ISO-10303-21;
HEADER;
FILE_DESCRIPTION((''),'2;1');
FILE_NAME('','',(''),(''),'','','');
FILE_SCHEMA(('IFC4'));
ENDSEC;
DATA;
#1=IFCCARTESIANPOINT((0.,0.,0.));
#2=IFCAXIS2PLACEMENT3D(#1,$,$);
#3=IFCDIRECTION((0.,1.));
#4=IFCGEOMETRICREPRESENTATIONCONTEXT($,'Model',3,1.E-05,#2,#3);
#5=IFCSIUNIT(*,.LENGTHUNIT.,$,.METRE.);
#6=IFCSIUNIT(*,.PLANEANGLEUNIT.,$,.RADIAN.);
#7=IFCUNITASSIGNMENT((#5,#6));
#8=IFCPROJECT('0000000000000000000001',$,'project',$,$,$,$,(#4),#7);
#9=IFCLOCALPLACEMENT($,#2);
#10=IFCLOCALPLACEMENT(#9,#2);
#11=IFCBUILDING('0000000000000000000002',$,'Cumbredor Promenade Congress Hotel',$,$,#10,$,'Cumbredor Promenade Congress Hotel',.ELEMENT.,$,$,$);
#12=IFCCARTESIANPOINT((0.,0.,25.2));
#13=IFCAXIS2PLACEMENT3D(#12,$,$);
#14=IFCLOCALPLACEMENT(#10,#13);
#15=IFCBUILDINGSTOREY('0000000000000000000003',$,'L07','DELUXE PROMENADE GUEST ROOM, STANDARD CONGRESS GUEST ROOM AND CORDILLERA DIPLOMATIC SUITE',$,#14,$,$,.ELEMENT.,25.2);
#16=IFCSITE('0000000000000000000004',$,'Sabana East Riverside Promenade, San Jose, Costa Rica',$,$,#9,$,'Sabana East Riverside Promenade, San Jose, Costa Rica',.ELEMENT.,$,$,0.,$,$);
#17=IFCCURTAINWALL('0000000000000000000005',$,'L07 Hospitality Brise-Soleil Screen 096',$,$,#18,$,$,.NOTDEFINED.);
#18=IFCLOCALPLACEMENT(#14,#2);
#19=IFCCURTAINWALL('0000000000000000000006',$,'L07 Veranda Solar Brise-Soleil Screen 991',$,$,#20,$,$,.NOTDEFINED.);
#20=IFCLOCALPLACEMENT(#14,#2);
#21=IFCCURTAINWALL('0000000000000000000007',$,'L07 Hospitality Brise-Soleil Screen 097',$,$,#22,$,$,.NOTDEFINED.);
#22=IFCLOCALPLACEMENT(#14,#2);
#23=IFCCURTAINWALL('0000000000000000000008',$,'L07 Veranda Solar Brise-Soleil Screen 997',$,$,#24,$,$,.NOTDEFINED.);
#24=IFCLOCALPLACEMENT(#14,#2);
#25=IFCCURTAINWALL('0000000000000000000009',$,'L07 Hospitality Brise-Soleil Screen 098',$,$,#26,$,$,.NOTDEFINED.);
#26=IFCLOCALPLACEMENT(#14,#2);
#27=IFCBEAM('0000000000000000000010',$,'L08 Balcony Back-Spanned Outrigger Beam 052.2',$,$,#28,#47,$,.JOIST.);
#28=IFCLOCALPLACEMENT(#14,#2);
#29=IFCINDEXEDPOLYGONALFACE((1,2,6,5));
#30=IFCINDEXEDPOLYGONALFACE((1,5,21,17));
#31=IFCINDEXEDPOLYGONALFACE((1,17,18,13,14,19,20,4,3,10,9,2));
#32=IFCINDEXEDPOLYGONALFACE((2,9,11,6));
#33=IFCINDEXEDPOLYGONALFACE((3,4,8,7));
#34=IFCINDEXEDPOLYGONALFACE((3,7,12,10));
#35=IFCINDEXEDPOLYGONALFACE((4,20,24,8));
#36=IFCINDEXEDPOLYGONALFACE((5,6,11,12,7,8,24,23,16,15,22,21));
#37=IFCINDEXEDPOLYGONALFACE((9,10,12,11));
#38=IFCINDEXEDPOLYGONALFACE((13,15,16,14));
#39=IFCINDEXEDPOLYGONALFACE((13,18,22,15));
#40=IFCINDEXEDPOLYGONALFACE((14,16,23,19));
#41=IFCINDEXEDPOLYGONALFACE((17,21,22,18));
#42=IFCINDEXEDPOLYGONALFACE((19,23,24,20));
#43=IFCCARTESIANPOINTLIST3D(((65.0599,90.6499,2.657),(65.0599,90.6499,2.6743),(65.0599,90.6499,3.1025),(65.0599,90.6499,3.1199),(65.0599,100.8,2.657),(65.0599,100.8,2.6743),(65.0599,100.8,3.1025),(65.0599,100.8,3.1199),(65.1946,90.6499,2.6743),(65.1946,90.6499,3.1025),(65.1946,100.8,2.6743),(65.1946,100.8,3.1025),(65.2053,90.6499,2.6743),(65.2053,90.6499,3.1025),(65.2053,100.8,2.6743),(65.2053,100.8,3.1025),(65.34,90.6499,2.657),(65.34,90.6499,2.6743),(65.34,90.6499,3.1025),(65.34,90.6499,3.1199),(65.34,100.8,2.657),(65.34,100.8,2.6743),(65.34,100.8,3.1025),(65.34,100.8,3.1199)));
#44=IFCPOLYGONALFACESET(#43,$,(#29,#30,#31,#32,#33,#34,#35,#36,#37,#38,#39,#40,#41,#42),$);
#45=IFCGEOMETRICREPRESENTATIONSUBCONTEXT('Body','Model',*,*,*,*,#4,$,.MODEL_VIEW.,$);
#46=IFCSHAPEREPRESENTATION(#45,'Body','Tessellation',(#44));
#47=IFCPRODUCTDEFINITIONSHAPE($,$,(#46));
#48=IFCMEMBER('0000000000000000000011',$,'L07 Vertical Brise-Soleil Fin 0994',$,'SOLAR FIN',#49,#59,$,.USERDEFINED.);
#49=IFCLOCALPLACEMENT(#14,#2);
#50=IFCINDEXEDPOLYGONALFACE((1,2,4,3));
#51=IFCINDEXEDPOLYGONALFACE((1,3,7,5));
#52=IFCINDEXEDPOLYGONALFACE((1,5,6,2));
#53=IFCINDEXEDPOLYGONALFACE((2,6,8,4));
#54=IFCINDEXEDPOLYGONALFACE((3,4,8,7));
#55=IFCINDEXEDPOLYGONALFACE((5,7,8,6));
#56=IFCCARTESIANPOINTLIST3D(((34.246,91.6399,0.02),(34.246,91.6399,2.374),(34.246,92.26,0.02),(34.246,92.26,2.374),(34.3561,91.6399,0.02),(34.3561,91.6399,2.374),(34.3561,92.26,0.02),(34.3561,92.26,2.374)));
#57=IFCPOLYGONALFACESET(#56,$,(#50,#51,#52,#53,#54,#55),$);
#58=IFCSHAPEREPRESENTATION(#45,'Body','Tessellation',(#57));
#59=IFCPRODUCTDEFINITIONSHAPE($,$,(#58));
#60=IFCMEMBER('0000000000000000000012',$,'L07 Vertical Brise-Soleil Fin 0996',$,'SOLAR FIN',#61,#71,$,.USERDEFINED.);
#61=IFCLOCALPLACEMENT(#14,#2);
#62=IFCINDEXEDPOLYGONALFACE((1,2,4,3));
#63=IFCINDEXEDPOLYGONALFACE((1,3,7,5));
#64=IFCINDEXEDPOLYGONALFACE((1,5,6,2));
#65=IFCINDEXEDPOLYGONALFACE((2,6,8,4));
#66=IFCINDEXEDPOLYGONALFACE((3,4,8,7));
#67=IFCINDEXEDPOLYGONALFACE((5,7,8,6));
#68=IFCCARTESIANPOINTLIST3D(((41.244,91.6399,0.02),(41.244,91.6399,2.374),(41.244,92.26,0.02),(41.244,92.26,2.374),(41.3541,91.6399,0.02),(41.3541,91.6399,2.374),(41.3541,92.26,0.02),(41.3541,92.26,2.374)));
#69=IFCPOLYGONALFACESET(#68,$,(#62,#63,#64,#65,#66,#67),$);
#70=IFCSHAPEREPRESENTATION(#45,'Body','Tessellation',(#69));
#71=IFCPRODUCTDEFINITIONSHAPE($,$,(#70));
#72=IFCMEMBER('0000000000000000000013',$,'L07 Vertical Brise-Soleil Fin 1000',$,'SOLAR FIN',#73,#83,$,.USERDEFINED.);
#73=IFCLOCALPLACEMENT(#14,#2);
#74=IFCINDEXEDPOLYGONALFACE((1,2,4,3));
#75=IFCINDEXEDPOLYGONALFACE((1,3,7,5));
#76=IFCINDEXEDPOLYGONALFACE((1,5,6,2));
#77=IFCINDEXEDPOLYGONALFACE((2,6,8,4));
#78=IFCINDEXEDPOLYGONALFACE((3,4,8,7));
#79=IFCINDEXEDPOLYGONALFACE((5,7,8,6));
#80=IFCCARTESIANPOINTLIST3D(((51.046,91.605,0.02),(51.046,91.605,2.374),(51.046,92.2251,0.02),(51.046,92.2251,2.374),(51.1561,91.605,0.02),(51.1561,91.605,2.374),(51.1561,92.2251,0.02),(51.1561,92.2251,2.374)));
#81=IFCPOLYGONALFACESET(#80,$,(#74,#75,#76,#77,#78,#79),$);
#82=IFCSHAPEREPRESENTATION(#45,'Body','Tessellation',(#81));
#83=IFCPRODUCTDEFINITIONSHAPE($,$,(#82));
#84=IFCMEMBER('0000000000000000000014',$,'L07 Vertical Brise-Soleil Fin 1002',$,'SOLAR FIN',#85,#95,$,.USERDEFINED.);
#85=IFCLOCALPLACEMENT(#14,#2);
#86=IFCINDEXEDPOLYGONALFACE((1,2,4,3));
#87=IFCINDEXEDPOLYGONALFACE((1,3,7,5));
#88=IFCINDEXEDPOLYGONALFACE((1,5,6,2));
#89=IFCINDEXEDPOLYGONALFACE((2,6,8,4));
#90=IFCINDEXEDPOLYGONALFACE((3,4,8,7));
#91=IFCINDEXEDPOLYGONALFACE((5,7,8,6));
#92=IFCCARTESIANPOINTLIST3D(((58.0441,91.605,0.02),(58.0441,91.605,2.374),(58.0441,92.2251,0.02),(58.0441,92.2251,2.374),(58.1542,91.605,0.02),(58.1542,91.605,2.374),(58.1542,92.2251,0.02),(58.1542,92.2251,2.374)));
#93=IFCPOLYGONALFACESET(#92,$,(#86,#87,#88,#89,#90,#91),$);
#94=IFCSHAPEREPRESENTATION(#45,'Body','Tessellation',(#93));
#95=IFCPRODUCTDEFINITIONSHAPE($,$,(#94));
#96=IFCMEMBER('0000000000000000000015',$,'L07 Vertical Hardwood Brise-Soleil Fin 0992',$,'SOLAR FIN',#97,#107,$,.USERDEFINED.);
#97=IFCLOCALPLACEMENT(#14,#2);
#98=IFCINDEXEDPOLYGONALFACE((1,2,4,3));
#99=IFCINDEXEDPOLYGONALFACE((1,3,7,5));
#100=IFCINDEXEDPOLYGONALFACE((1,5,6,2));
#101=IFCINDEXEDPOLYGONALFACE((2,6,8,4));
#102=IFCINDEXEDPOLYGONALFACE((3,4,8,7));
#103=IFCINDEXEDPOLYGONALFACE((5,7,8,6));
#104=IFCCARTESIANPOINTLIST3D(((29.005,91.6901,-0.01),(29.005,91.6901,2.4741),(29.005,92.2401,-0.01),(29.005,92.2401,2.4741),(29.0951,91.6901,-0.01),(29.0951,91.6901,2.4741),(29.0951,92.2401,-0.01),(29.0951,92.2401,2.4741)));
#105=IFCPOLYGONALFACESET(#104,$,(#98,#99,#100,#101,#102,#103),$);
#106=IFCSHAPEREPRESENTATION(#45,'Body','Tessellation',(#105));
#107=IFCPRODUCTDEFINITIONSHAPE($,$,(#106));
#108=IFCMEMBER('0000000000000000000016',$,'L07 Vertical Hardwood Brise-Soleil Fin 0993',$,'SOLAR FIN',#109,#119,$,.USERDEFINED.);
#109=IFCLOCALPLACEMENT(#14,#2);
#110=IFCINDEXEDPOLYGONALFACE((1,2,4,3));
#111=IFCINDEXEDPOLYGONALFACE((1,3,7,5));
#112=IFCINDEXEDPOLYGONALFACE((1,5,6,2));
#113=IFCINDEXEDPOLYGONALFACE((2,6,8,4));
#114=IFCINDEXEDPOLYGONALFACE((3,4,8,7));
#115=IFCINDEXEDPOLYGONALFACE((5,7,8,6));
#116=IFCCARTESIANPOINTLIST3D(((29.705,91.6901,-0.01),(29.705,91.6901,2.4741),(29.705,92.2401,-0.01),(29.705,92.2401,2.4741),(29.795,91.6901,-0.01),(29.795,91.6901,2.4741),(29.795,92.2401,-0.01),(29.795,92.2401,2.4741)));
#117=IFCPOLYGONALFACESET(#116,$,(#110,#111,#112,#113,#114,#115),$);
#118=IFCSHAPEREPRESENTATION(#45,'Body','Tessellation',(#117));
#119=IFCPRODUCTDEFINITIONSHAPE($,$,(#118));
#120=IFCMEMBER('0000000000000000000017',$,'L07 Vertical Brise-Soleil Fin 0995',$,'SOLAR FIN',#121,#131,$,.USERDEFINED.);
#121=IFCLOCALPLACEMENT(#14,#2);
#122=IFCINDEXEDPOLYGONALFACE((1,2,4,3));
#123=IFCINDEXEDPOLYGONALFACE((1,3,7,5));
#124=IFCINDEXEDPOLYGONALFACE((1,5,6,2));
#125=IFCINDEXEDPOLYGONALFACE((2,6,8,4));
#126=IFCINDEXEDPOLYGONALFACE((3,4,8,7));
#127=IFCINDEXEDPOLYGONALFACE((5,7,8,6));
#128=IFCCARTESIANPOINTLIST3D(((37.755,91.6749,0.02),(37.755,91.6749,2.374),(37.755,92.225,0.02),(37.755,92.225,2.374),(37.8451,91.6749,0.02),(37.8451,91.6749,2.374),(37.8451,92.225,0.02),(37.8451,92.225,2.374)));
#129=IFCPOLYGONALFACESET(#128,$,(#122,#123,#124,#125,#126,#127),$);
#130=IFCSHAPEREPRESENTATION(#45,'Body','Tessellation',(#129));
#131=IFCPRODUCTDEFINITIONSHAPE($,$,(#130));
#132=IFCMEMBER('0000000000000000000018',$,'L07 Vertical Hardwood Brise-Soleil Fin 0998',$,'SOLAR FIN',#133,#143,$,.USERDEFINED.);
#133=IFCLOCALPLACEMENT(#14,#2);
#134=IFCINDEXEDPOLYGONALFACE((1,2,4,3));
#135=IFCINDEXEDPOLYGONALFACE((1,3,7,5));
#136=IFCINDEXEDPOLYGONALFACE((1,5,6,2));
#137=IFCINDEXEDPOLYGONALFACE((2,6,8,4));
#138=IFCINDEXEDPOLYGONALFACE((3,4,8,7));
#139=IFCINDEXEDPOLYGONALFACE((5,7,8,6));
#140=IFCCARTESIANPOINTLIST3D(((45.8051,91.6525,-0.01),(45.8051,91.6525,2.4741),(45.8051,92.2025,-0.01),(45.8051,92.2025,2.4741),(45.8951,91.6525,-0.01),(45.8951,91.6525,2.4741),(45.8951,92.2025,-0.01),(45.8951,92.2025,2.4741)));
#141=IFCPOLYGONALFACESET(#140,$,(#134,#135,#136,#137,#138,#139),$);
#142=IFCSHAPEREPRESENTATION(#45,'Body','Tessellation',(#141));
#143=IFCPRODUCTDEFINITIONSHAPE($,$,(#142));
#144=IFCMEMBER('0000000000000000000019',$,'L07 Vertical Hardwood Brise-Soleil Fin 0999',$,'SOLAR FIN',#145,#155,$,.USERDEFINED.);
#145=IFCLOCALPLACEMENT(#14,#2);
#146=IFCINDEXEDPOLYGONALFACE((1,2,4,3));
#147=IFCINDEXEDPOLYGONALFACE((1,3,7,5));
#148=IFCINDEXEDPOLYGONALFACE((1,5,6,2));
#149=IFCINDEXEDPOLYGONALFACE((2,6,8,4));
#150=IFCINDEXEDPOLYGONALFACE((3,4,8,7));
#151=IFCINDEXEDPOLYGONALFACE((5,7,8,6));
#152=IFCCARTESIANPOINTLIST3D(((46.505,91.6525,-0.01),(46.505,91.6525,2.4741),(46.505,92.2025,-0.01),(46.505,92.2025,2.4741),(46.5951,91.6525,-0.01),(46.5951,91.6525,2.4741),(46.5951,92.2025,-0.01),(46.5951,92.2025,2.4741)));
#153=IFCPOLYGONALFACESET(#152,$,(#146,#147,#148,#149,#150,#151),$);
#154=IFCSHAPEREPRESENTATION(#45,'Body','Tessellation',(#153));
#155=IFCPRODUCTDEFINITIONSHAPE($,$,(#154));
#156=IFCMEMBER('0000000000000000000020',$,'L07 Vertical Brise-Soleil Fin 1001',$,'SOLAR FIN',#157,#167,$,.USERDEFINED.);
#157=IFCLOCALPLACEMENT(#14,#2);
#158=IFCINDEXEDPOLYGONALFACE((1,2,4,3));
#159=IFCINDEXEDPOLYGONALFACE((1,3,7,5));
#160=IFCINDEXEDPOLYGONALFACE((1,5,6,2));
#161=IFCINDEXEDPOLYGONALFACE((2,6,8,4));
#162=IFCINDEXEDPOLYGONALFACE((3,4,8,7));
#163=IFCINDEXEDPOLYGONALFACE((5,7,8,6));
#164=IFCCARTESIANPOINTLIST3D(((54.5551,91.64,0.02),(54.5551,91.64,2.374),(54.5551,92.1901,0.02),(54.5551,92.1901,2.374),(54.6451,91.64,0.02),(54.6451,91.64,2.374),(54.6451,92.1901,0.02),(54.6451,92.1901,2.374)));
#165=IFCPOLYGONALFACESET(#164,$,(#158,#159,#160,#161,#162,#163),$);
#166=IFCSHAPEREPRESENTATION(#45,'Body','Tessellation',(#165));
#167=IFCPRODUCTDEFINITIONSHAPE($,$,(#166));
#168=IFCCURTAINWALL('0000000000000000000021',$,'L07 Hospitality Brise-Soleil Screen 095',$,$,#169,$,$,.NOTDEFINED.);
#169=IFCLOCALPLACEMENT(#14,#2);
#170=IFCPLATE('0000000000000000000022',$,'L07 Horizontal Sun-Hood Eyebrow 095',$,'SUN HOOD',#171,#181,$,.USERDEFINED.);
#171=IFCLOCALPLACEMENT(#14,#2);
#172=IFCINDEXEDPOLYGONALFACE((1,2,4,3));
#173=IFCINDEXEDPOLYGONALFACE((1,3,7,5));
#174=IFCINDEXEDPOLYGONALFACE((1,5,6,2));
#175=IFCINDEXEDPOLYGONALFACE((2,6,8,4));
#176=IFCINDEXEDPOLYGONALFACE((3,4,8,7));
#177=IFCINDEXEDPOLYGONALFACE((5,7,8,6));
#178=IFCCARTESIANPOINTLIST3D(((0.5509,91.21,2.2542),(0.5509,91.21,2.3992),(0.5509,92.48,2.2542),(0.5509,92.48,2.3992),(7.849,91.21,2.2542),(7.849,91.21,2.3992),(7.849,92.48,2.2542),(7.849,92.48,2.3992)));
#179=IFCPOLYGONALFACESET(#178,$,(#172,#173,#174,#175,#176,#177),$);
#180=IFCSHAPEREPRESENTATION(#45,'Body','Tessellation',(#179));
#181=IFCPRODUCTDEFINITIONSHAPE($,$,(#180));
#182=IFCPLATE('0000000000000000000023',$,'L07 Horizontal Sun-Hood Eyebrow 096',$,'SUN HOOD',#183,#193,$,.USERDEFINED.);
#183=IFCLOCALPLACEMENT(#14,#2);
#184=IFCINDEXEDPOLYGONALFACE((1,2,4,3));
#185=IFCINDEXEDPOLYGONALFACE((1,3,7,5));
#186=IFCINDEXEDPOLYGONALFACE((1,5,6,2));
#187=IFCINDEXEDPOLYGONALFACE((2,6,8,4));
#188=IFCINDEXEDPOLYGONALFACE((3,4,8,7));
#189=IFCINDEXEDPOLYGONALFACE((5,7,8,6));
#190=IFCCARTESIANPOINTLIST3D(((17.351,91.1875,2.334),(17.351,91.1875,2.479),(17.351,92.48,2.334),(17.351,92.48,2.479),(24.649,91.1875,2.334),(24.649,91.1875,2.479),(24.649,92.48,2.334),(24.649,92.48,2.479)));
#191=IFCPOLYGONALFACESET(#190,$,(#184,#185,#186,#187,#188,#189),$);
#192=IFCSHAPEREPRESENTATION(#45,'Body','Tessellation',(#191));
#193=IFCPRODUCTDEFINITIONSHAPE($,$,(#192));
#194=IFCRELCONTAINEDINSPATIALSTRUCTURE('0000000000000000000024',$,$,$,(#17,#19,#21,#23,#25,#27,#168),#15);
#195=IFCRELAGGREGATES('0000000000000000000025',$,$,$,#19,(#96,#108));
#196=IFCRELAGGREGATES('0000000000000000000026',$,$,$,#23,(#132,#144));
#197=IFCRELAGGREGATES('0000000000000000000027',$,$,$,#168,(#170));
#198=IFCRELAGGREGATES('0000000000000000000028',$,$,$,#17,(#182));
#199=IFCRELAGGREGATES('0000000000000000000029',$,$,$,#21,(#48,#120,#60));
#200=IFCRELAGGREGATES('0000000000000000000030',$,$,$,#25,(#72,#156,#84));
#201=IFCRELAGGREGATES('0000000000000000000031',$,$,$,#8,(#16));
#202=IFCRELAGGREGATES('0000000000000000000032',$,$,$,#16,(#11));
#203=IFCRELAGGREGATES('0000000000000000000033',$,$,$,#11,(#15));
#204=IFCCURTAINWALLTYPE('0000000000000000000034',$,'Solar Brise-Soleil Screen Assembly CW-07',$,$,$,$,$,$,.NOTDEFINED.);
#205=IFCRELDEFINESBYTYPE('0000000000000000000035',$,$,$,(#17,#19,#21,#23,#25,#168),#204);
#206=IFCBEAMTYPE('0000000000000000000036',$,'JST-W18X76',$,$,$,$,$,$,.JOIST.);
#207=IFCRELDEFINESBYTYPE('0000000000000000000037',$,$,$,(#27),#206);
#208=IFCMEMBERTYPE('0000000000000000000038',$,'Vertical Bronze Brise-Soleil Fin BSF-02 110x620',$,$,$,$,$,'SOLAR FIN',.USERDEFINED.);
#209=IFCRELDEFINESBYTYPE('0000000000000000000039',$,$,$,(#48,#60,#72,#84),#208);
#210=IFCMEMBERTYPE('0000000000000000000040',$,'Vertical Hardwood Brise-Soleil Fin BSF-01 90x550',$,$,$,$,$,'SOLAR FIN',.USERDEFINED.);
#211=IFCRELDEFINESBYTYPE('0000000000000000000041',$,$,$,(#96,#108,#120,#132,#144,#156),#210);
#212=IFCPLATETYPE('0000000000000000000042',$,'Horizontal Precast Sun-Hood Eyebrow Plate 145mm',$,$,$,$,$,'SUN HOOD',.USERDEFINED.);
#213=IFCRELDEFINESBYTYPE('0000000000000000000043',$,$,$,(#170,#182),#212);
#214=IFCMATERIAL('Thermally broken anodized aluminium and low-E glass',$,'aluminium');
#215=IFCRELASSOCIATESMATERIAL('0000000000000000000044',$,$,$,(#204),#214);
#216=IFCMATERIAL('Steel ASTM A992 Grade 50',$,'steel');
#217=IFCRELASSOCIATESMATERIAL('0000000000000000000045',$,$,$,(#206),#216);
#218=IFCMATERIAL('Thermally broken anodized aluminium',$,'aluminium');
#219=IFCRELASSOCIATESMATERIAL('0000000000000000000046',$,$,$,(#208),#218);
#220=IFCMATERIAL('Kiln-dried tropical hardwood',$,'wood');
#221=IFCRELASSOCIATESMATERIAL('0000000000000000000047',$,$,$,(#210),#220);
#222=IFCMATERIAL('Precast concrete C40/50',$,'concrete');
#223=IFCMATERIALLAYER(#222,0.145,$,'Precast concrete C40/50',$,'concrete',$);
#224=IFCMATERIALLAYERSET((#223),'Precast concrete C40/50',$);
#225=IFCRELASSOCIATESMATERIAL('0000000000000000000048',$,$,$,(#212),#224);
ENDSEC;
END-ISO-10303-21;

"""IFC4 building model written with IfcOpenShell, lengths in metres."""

from ifc_helpers import new_model, si_unit, direction, frame, origin, origin_2d, place, context, subcontext, project, spatial, rectangle, i_section, extrude, material, layer, layer_set, material_profile, profile_set, type_object, element, aggregate, save


model = new_model("IFC4")

# Units and contexts
model_context = context("Model", 3, precision=1e-05, world=origin(), true_north=direction((0.0, 1.0)))
body_context = subcontext(model_context, "Body", "Model", "MODEL_VIEW")
ifc_project = project(units=[si_unit("LENGTHUNIT", "METRE"), si_unit("PLANEANGLEUNIT", "RADIAN")], contexts=[model_context])

# Site, building, storey
site_placement = place(None, origin())
site = spatial("IfcSite", under=ifc_project, at=site_placement, Name="Sabana East Riverside Promenade, San Jose, Costa Rica", LongName="Sabana East Riverside Promenade, San Jose, Costa Rica", CompositionType="ELEMENT", RefElevation=0.0)
building_placement = place(site_placement, origin())
building = spatial("IfcBuilding", under=site, at=building_placement, Name="Cumbredor Promenade Congress Hotel", LongName="Cumbredor Promenade Congress Hotel", CompositionType="ELEMENT")
storey_placement = place(building_placement, frame((0.0, 0.0, 25.2)))
storey = spatial("IfcBuildingStorey", under=building, at=storey_placement, Name="L07", Description="DELUXE PROMENADE GUEST ROOM, STANDARD CONGRESS GUEST ROOM AND CORDILLERA DIPLOMATIC SUITE", CompositionType="ELEMENT", Elevation=25.2)

# Curtain walls
ifc_material_1 = material(Name="Thermally broken anodized aluminium and low-E glass", Category="aluminium")
curtain_wall_type = type_object("IfcCurtainWallType", Name="Solar Brise-Soleil Screen Assembly CW-07", PredefinedType="NOTDEFINED", material=ifc_material_1)
curtain_wall_1_placement = place(storey_placement, origin())
curtain_wall_1 = element("IfcCurtainWall", 1, at=curtain_wall_1_placement, inside=storey, type_object=curtain_wall_type, Name="L07 Hospitality Brise-Soleil Screen 096", PredefinedType="NOTDEFINED")
ifc_material_2 = material(Name="Thermally broken anodized aluminium", Category="aluminium")
curtain_wall_2_placement = place(storey_placement, origin())
curtain_wall_2 = element("IfcCurtainWall", 2, at=curtain_wall_2_placement, inside=storey, type_object=curtain_wall_type, Name="L07 Veranda Solar Brise-Soleil Screen 991", PredefinedType="NOTDEFINED")
curtain_wall_3_placement = place(storey_placement, origin())
curtain_wall_3 = element("IfcCurtainWall", 3, at=curtain_wall_3_placement, inside=storey, type_object=curtain_wall_type, Name="L07 Hospitality Brise-Soleil Screen 097", PredefinedType="NOTDEFINED")
curtain_wall_4_placement = place(storey_placement, origin())
curtain_wall_4 = element("IfcCurtainWall", 4, at=curtain_wall_4_placement, inside=storey, type_object=curtain_wall_type, Name="L07 Veranda Solar Brise-Soleil Screen 997", PredefinedType="NOTDEFINED")
curtain_wall_5_placement = place(storey_placement, origin())
curtain_wall_5 = element("IfcCurtainWall", 5, at=curtain_wall_5_placement, inside=storey, type_object=curtain_wall_type, Name="L07 Hospitality Brise-Soleil Screen 098", PredefinedType="NOTDEFINED")

# Beam
ifc_material_3 = material(Name="Steel ASTM A992 Grade 50", Category="steel")
ifc_material_profile_1 = material_profile(ifc_material_3, i_section(OverallWidth=0.28, OverallDepth=0.4629, WebThickness=0.0107, FlangeThickness=0.0173, at=origin_2d()), Name="W18X76")
ifc_profile_set_1 = profile_set([ifc_material_profile_1], Name="Steel ASTM A992 Grade 50")
beam_type = type_object("IfcBeamType", Name="JST-W18X76", PredefinedType="JOIST", material=ifc_profile_set_1)
for number, where, z_axis, x_axis, name in (
    (6, (65.2, 90.6499, 2.8884), (0.0, 1.0, 0.0), (-1.0, 0.0, 0.0), "L08 Balcony Back-Spanned Outrigger Beam 052.2"),
):
    element("IfcBeam", number, at=place(storey_placement, frame(where, z_axis=z_axis, x_axis=x_axis)), inside=storey, type_object=beam_type, Name=name, PredefinedType="JOIST", context=body_context, shape_type="SweptSolid", body=[
        extrude(i_section(OverallWidth=0.28, OverallDepth=0.4629, WebThickness=0.0107, FlangeThickness=0.0173, at=origin_2d()), origin(), (0.0, 0.0, 1.0), 10.1501),
    ])

# Members
ifc_material_profile_2 = material_profile(ifc_material_2, rectangle(XDim=0.1101, YDim=0.6201, at=origin_2d()), Name="ARCH FIN 110x620")
ifc_profile_set_2 = profile_set([ifc_material_profile_2], Name="Thermally broken anodized aluminium")
member_type_1 = type_object("IfcMemberType", Name="Vertical Bronze Brise-Soleil Fin BSF-02 110x620", ElementType="SOLAR FIN", PredefinedType="USERDEFINED", material=ifc_profile_set_2)
member_1_placement = place(storey_placement, frame((34.301, 91.95, 0.02), z_axis=(0.0, 0.0, 1.0), x_axis=(1.0, 0.0, 0.0)))
member_1 = element("IfcMember", 7, at=member_1_placement, type_object=member_type_1, Name="L07 Vertical Brise-Soleil Fin 0994", ObjectType="SOLAR FIN", PredefinedType="USERDEFINED", context=body_context, shape_type="SweptSolid", body=[
    extrude(rectangle(XDim=0.1101, YDim=0.6201, at=origin_2d()), origin(), (0.0, 0.0, 1.0), 2.354),
])
member_2_placement = place(storey_placement, frame((41.2991, 91.95, 0.02), z_axis=(0.0, 0.0, 1.0), x_axis=(1.0, 0.0, 0.0)))
member_2 = element("IfcMember", 8, at=member_2_placement, type_object=member_type_1, Name="L07 Vertical Brise-Soleil Fin 0996", ObjectType="SOLAR FIN", PredefinedType="USERDEFINED", context=body_context, shape_type="SweptSolid", body=[
    extrude(rectangle(XDim=0.1101, YDim=0.6201, at=origin_2d()), origin(), (0.0, 0.0, 1.0), 2.354),
])
member_3_placement = place(storey_placement, frame((51.1011, 91.915, 0.02), z_axis=(0.0, 0.0, 1.0), x_axis=(1.0, 0.0, 0.0)))
member_3 = element("IfcMember", 9, at=member_3_placement, type_object=member_type_1, Name="L07 Vertical Brise-Soleil Fin 1000", ObjectType="SOLAR FIN", PredefinedType="USERDEFINED", context=body_context, shape_type="SweptSolid", body=[
    extrude(rectangle(XDim=0.1101, YDim=0.6201, at=origin_2d()), origin(), (0.0, 0.0, 1.0), 2.354),
])
member_4_placement = place(storey_placement, frame((58.0991, 91.915, 0.02), z_axis=(0.0, 0.0, 1.0), x_axis=(1.0, 0.0, 0.0)))
member_4 = element("IfcMember", 10, at=member_4_placement, type_object=member_type_1, Name="L07 Vertical Brise-Soleil Fin 1002", ObjectType="SOLAR FIN", PredefinedType="USERDEFINED", context=body_context, shape_type="SweptSolid", body=[
    extrude(rectangle(XDim=0.1101, YDim=0.6201, at=origin_2d()), origin(), (0.0, 0.0, 1.0), 2.354),
])
ifc_material_4 = material(Name="Kiln-dried tropical hardwood", Category="wood")
ifc_material_profile_3 = material_profile(ifc_material_4, rectangle(XDim=0.0901, YDim=0.55, at=origin_2d()), Name="ARCH FIN 90x550")
ifc_profile_set_3 = profile_set([ifc_material_profile_3], Name="Kiln-dried tropical hardwood")
member_type_2 = type_object("IfcMemberType", Name="Vertical Hardwood Brise-Soleil Fin BSF-01 90x550", ElementType="SOLAR FIN", PredefinedType="USERDEFINED", material=ifc_profile_set_3)
member_5_placement = place(storey_placement, frame((29.05, 91.9651, -0.01), z_axis=(0.0, 0.0, 1.0), x_axis=(1.0, 0.0, 0.0)))
member_5 = element("IfcMember", 11, at=member_5_placement, type_object=member_type_2, Name="L07 Vertical Hardwood Brise-Soleil Fin 0992", ObjectType="SOLAR FIN", PredefinedType="USERDEFINED", context=body_context, shape_type="SweptSolid", body=[
    extrude(rectangle(XDim=0.0901, YDim=0.55, at=origin_2d()), origin(), (0.0, 0.0, 1.0), 2.4841),
])
member_6_placement = place(storey_placement, frame((29.75, 91.9651, -0.01), z_axis=(0.0, 0.0, 1.0), x_axis=(1.0, 0.0, 0.0)))
member_6 = element("IfcMember", 12, at=member_6_placement, type_object=member_type_2, Name="L07 Vertical Hardwood Brise-Soleil Fin 0993", ObjectType="SOLAR FIN", PredefinedType="USERDEFINED", context=body_context, shape_type="SweptSolid", body=[
    extrude(rectangle(XDim=0.0901, YDim=0.55, at=origin_2d()), origin(), (0.0, 0.0, 1.0), 2.4841),
])
aggregate(curtain_wall_2, [member_5, member_6])
member_7_placement = place(storey_placement, frame((37.8, 91.95, 0.02), z_axis=(0.0, 0.0, 1.0), x_axis=(1.0, 0.0, 0.0)))
member_7 = element("IfcMember", 13, at=member_7_placement, type_object=member_type_2, Name="L07 Vertical Brise-Soleil Fin 0995", ObjectType="SOLAR FIN", PredefinedType="USERDEFINED", context=body_context, shape_type="SweptSolid", body=[
    extrude(rectangle(XDim=0.0901, YDim=0.55, at=origin_2d()), origin(), (0.0, 0.0, 1.0), 2.354),
])
member_8_placement = place(storey_placement, frame((45.8501, 91.9275, -0.01), z_axis=(0.0, 0.0, 1.0), x_axis=(1.0, 0.0, 0.0)))
member_8 = element("IfcMember", 14, at=member_8_placement, type_object=member_type_2, Name="L07 Vertical Hardwood Brise-Soleil Fin 0998", ObjectType="SOLAR FIN", PredefinedType="USERDEFINED", context=body_context, shape_type="SweptSolid", body=[
    extrude(rectangle(XDim=0.0901, YDim=0.55, at=origin_2d()), origin(), (0.0, 0.0, 1.0), 2.4841),
])
member_9_placement = place(storey_placement, frame((46.55, 91.9275, -0.01), z_axis=(0.0, 0.0, 1.0), x_axis=(1.0, 0.0, 0.0)))
member_9 = element("IfcMember", 15, at=member_9_placement, type_object=member_type_2, Name="L07 Vertical Hardwood Brise-Soleil Fin 0999", ObjectType="SOLAR FIN", PredefinedType="USERDEFINED", context=body_context, shape_type="SweptSolid", body=[
    extrude(rectangle(XDim=0.0901, YDim=0.55, at=origin_2d()), origin(), (0.0, 0.0, 1.0), 2.4841),
])
aggregate(curtain_wall_4, [member_8, member_9])
member_10_placement = place(storey_placement, frame((54.6001, 91.915, 0.02), z_axis=(0.0, 0.0, 1.0), x_axis=(1.0, 0.0, 0.0)))
member_10 = element("IfcMember", 16, at=member_10_placement, type_object=member_type_2, Name="L07 Vertical Brise-Soleil Fin 1001", ObjectType="SOLAR FIN", PredefinedType="USERDEFINED", context=body_context, shape_type="SweptSolid", body=[
    extrude(rectangle(XDim=0.0901, YDim=0.55, at=origin_2d()), origin(), (0.0, 0.0, 1.0), 2.354),
])

# Curtain wall, plate
curtain_wall_6_placement = place(storey_placement, origin())
curtain_wall_6 = element("IfcCurtainWall", 17, at=curtain_wall_6_placement, inside=storey, type_object=curtain_wall_type, Name="L07 Hospitality Brise-Soleil Screen 095", PredefinedType="NOTDEFINED")
ifc_material_5 = material(Name="Precast concrete C40/50", Category="concrete")
ifc_layer_1 = layer(ifc_material_5, 0.145, Name="Precast concrete C40/50", Category="concrete")
ifc_layer_set_1 = layer_set([ifc_layer_1], Name="Precast concrete C40/50")
plate_type = type_object("IfcPlateType", Name="Horizontal Precast Sun-Hood Eyebrow Plate 145mm", ElementType="SUN HOOD", PredefinedType="USERDEFINED", material=ifc_layer_set_1)
plate_1_placement = place(storey_placement, frame((4.2, 91.845, 2.2542), z_axis=(0.0, 0.0, 1.0), x_axis=(1.0, 0.0, 0.0)))
plate_1 = element("IfcPlate", 18, at=plate_1_placement, type_object=plate_type, Name="L07 Horizontal Sun-Hood Eyebrow 095", ObjectType="SUN HOOD", PredefinedType="USERDEFINED", context=body_context, shape_type="SweptSolid", body=[
    extrude(rectangle(XDim=7.2981, YDim=1.27, at=origin_2d()), origin(), (0.0, 0.0, 1.0), 0.145),
])
aggregate(curtain_wall_6, [plate_1])

# Plate
plate_2_placement = place(storey_placement, frame((21.0, 91.8337, 2.334), z_axis=(0.0, 0.0, 1.0), x_axis=(1.0, 0.0, 0.0)))
plate_2 = element("IfcPlate", 19, at=plate_2_placement, type_object=plate_type, Name="L07 Horizontal Sun-Hood Eyebrow 096", ObjectType="SUN HOOD", PredefinedType="USERDEFINED", context=body_context, shape_type="SweptSolid", body=[
    extrude(rectangle(XDim=7.2981, YDim=1.2925, at=origin_2d()), origin(), (0.0, 0.0, 1.0), 0.145),
])
aggregate(curtain_wall_1, [plate_2])
aggregate(curtain_wall_3, [member_1, member_7, member_2])
aggregate(curtain_wall_5, [member_3, member_10, member_4])

save(model, "model.ifc")
